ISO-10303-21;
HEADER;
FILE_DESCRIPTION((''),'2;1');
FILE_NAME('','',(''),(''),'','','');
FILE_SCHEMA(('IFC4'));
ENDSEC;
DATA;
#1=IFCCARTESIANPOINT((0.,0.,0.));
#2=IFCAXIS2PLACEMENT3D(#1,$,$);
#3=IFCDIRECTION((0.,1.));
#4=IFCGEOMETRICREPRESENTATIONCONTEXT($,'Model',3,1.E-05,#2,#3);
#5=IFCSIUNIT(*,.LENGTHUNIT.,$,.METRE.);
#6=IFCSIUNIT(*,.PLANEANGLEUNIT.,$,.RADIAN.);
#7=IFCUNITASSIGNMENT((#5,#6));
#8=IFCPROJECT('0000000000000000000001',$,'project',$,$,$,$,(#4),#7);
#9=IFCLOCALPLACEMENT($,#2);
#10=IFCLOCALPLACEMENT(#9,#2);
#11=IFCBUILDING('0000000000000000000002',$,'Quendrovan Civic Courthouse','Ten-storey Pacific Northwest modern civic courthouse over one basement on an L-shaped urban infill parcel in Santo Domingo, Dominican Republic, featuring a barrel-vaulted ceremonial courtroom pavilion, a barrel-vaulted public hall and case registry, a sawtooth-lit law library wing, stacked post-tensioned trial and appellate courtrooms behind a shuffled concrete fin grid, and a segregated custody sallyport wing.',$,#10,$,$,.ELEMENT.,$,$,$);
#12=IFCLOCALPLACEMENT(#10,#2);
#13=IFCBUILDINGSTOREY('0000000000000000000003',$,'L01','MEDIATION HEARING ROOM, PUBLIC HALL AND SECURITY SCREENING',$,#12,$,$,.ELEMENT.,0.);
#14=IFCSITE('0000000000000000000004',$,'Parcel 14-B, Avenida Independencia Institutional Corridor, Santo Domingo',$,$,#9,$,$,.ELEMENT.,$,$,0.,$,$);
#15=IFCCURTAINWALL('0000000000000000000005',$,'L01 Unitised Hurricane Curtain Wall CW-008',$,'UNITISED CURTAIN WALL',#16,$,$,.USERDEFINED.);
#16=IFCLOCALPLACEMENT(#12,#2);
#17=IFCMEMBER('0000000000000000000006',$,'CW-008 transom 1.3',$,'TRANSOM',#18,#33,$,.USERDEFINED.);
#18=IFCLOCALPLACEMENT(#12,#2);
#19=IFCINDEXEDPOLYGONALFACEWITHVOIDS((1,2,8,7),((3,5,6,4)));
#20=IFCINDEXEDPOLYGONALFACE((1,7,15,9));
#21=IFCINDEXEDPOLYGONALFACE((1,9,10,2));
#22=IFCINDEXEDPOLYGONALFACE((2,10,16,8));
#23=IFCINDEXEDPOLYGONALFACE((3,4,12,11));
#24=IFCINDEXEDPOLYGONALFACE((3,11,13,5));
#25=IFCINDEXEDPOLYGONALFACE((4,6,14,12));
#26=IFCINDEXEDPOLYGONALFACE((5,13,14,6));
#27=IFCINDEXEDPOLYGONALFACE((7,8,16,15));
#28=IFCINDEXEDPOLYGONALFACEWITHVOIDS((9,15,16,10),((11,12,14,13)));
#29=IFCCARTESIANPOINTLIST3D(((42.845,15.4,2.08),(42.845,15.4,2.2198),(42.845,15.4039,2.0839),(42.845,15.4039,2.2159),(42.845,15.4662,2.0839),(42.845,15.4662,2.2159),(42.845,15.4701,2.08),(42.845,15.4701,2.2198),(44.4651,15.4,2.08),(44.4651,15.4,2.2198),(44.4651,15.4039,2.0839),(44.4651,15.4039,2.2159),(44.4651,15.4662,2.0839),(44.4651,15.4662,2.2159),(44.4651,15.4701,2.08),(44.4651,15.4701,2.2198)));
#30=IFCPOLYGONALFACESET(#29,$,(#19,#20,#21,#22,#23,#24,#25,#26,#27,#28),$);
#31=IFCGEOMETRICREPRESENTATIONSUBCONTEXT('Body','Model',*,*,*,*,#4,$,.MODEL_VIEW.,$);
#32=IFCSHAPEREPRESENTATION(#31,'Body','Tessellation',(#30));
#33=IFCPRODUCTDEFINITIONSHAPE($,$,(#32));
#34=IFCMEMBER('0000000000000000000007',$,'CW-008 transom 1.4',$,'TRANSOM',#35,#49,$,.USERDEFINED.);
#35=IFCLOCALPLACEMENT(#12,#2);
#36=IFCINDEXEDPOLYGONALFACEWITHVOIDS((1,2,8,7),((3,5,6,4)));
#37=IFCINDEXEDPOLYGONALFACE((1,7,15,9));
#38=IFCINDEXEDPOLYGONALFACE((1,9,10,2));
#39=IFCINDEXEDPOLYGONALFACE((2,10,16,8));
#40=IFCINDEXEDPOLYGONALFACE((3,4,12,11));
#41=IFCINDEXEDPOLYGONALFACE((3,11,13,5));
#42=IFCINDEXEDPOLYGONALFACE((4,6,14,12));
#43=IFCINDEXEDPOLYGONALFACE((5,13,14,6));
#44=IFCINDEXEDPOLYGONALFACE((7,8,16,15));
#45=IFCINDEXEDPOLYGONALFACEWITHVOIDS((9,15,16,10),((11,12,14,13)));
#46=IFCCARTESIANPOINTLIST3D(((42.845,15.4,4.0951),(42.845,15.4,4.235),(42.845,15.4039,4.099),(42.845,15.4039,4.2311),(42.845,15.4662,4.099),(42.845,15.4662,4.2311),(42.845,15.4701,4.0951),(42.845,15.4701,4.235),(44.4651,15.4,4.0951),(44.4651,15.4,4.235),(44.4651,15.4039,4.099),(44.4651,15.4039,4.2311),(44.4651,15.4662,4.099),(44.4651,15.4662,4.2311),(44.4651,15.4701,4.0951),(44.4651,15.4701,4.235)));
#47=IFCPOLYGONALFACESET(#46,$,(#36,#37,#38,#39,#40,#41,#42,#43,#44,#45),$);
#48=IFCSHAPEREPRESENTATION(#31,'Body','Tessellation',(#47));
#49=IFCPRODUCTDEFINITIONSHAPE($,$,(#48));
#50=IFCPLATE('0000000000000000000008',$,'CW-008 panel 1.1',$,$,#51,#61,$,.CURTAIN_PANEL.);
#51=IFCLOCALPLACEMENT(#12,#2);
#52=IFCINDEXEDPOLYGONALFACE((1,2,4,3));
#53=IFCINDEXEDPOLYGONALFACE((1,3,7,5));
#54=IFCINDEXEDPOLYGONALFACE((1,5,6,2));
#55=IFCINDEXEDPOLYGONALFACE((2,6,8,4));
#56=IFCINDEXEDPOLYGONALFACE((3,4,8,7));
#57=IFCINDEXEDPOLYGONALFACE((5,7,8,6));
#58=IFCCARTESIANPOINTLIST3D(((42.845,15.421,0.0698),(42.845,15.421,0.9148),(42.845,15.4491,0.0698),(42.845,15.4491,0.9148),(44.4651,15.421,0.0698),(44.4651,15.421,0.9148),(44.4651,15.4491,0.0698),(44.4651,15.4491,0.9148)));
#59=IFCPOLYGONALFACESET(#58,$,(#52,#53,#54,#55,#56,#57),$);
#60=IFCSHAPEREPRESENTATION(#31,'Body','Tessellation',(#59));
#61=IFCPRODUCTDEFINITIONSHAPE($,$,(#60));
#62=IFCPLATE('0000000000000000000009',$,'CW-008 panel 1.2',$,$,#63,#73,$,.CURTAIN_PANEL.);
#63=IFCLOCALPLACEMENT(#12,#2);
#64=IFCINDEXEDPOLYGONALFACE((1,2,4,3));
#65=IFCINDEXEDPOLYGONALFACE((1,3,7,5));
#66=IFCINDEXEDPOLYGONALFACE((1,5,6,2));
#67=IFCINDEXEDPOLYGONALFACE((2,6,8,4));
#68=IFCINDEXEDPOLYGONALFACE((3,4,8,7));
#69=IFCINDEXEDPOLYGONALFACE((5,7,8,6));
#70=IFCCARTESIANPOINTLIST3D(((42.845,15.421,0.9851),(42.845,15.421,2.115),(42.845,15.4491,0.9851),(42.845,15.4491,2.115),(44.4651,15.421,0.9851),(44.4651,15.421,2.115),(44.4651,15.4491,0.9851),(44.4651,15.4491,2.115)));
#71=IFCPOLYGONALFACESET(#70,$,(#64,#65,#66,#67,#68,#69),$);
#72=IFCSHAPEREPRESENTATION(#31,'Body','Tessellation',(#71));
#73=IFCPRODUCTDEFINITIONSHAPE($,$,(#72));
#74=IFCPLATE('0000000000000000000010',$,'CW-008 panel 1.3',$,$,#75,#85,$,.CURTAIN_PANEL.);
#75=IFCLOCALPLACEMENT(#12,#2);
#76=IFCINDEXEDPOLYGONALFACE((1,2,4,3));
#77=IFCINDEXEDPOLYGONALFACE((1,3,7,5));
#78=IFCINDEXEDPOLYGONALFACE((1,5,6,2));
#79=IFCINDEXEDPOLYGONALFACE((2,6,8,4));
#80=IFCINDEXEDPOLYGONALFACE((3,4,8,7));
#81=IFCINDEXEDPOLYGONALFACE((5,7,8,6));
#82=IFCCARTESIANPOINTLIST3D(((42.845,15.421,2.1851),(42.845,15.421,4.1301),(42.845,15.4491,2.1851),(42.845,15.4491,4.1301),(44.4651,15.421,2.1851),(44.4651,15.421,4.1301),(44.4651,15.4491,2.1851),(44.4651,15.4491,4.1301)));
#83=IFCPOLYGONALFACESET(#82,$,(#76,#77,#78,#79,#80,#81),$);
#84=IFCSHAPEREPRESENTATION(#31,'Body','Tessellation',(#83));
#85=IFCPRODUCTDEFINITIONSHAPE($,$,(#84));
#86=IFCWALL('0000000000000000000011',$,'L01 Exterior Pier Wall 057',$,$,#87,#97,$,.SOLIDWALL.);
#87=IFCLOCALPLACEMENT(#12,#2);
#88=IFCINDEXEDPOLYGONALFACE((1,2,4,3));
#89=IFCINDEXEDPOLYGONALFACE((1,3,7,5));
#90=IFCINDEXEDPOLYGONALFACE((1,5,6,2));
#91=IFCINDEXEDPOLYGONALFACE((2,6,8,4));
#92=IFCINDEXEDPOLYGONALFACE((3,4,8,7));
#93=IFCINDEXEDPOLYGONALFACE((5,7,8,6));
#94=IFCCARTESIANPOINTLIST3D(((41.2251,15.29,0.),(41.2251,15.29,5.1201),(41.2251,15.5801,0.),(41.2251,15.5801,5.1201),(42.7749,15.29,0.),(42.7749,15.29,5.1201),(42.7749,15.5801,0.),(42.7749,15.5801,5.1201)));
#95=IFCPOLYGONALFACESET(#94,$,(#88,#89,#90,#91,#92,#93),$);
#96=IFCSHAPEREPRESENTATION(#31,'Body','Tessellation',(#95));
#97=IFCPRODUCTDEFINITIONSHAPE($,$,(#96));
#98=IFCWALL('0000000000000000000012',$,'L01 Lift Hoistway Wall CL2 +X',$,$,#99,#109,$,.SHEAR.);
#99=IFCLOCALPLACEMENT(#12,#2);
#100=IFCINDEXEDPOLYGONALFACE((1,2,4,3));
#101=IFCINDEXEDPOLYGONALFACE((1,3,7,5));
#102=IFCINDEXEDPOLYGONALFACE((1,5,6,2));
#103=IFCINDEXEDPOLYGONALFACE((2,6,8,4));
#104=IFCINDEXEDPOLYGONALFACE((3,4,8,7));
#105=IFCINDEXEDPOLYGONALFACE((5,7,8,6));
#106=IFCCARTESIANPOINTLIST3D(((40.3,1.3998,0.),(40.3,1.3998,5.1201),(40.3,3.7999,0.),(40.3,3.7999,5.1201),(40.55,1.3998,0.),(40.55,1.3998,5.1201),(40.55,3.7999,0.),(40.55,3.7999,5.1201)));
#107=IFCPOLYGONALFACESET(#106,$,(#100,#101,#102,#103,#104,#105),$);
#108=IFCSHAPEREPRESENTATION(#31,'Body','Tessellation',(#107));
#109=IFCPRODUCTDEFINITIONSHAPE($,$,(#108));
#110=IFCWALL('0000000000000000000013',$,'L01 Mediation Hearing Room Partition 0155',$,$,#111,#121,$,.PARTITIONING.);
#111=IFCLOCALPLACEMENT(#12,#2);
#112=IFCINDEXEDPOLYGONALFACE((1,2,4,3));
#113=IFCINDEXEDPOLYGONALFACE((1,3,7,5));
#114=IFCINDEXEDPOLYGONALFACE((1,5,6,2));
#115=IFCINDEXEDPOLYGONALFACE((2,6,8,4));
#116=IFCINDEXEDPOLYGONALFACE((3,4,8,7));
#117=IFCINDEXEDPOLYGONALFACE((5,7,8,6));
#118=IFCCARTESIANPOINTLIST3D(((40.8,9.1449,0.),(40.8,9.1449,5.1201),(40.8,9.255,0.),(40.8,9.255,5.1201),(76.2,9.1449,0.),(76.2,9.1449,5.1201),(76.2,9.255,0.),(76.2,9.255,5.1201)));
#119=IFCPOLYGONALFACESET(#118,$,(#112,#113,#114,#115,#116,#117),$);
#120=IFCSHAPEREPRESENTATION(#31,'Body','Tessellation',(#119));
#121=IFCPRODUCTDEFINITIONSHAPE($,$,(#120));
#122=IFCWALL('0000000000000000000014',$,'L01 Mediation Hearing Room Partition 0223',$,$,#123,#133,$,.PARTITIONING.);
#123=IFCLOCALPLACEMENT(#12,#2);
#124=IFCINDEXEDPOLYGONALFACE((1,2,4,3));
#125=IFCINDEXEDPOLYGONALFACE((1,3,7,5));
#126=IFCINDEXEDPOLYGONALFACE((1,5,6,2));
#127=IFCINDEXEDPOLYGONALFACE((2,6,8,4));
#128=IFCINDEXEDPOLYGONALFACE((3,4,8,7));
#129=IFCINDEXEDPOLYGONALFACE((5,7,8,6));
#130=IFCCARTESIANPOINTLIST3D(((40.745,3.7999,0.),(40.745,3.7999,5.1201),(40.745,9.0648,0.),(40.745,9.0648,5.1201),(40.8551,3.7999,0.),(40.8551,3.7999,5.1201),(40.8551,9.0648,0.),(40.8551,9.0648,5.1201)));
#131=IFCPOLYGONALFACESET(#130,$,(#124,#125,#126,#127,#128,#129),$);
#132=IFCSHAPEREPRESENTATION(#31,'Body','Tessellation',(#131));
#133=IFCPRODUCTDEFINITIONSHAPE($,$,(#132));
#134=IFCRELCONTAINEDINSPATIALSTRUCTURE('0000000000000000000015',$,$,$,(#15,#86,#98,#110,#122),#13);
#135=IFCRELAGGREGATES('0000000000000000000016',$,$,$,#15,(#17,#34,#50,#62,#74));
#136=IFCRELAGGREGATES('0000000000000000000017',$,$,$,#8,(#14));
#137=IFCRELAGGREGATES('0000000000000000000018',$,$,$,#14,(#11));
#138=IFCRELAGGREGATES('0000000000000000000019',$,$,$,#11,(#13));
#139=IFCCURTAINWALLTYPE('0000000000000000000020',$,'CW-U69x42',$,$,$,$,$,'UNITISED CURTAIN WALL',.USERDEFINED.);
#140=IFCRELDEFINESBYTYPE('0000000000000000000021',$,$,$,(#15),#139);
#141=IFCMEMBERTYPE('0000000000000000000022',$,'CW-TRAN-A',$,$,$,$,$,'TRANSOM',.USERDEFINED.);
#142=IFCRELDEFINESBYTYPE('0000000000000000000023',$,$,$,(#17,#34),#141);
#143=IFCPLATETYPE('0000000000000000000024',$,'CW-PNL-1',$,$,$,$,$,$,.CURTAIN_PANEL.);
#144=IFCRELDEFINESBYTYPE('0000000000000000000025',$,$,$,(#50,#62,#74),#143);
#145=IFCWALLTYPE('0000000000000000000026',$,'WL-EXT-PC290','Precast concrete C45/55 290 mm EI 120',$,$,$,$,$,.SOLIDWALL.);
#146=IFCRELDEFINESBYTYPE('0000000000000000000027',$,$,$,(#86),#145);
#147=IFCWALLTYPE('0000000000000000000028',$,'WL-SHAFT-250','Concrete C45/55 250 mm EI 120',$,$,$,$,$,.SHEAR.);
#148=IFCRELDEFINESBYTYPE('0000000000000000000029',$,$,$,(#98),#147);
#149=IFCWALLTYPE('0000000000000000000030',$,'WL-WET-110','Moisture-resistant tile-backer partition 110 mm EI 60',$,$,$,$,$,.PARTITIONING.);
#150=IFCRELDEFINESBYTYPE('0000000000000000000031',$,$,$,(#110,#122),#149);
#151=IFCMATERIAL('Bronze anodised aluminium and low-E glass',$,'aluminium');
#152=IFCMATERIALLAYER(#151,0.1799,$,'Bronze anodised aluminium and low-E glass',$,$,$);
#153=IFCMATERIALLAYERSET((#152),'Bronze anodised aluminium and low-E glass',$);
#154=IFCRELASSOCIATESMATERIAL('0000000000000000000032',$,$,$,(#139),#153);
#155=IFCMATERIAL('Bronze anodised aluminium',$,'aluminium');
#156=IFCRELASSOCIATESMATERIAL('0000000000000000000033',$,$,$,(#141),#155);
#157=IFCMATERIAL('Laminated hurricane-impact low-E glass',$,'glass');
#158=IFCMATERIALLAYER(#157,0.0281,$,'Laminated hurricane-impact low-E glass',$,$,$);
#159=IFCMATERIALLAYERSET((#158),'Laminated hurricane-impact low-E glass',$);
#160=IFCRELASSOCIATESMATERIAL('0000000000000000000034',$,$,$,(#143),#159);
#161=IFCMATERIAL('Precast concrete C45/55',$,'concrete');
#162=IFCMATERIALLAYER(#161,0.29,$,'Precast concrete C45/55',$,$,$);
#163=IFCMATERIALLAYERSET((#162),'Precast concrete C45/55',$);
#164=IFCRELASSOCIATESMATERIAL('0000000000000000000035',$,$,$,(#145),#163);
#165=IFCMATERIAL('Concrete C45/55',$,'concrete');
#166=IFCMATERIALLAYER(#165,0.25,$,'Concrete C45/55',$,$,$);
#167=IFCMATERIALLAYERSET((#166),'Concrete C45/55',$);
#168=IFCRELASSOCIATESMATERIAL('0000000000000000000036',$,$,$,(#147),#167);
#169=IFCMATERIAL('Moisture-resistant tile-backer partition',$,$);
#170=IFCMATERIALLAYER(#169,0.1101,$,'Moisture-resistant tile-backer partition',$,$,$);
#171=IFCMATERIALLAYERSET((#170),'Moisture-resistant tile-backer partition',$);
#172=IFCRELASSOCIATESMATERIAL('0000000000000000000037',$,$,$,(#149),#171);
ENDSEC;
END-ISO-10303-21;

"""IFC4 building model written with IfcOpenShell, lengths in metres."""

from ifc_helpers import new_model, si_unit, direction, frame, frame_2d, origin, origin_2d, place, context, subcontext, project, spatial, rectangle, hollow_rectangle, extrude, material, layer, layer_set, material_profile, profile_set, type_object, element, aggregate, save


model = new_model("IFC4")

# Units and contexts
model_context = context("Model", 3, precision=1e-05, world=origin(), true_north=direction((0.0, 1.0)))
body_context = subcontext(model_context, "Body", "Model", "MODEL_VIEW")
ifc_project = project(units=[si_unit("LENGTHUNIT", "METRE"), si_unit("PLANEANGLEUNIT", "RADIAN")], contexts=[model_context])

# Site, building, storey
site_placement = place(None, origin())
site = spatial("IfcSite", under=ifc_project, at=site_placement, Name="Parcel 14-B, Avenida Independencia Institutional Corridor, Santo Domingo", CompositionType="ELEMENT", RefElevation=0.0)
building_placement = place(site_placement, origin())
building = spatial("IfcBuilding", under=site, at=building_placement, Name="Quendrovan Civic Courthouse", Description="Ten-storey Pacific Northwest modern civic courthouse over one basement on an L-shaped urban infill parcel in Santo Domingo, Dominican Republic, featuring a barrel-vaulted ceremonial courtroom pavilion, a barrel-vaulted public hall and case registry, a sawtooth-lit law library wing, stacked post-tensioned trial and appellate courtrooms behind a shuffled concrete fin grid, and a segregated custody sallyport wing.", CompositionType="ELEMENT")
storey_placement = place(building_placement, origin())
storey = spatial("IfcBuildingStorey", under=building, at=storey_placement, Name="L01", Description="MEDIATION HEARING ROOM, PUBLIC HALL AND SECURITY SCREENING", CompositionType="ELEMENT", Elevation=0.0)

# Shared definitions
ifc_material_1 = material(Name="Concrete C45/55", Category="concrete")

# Curtain wall
ifc_material_2 = material(Name="Bronze anodised aluminium and low-E glass", Category="aluminium")
ifc_layer_1 = layer(ifc_material_2, 0.1799, Name="Bronze anodised aluminium and low-E glass")
ifc_layer_set_1 = layer_set([ifc_layer_1], Name="Bronze anodised aluminium and low-E glass")
curtain_wall_type = type_object("IfcCurtainWallType", Name="CW-U69x42", ElementType="UNITISED CURTAIN WALL", PredefinedType="USERDEFINED", material=ifc_layer_set_1)
curtain_wall_1_placement = place(storey_placement, origin())
curtain_wall_1 = element("IfcCurtainWall", 1, at=curtain_wall_1_placement, inside=storey, type_object=curtain_wall_type, Name="L01 Unitised Hurricane Curtain Wall CW-008", ObjectType="UNITISED CURTAIN WALL", PredefinedType="USERDEFINED")
ifc_material_3 = material(Name="Bronze anodised aluminium", Category="aluminium")

# Members
ifc_material_profile_1 = material_profile(ifc_material_3, hollow_rectangle(XDim=0.0701, YDim=0.1399, WallThickness=0.0039, at=origin_2d()), Name="CW-TRAN-70x140")
ifc_profile_set_1 = profile_set([ifc_material_profile_1], Name="Bronze anodised aluminium")
member_type_1 = type_object("IfcMemberType", Name="CW-TRAN-A", ElementType="TRANSOM", PredefinedType="USERDEFINED", material=ifc_profile_set_1)
member_1_placement = place(storey_placement, frame((42.845, 15.4351, 2.1499), z_axis=(1.0, 0.0, 0.0), x_axis=(0.0, 1.0, 0.0)))
member_1 = element("IfcMember", 2, at=member_1_placement, type_object=member_type_1, Name="CW-008 transom 1.3", ObjectType="TRANSOM", PredefinedType="USERDEFINED", context=body_context, shape_type="SweptSolid", body=[
    extrude(hollow_rectangle(XDim=0.0701, YDim=0.1399, WallThickness=0.0039, at=origin_2d()), origin(), (0.0, 0.0, 1.0), 1.6201),
])
member_2_placement = place(storey_placement, frame((42.845, 15.4351, 4.165), z_axis=(1.0, 0.0, 0.0), x_axis=(0.0, 1.0, 0.0)))
member_2 = element("IfcMember", 3, at=member_2_placement, type_object=member_type_1, Name="CW-008 transom 1.4", ObjectType="TRANSOM", PredefinedType="USERDEFINED", context=body_context, shape_type="SweptSolid", body=[
    extrude(hollow_rectangle(XDim=0.0701, YDim=0.1399, WallThickness=0.0039, at=origin_2d()), origin(), (0.0, 0.0, 1.0), 1.6201),
])

# Plates
ifc_material_4 = material(Name="Laminated hurricane-impact low-E glass", Category="glass")
ifc_layer_2 = layer(ifc_material_4, 0.0281, Name="Laminated hurricane-impact low-E glass")
ifc_layer_set_2 = layer_set([ifc_layer_2], Name="Laminated hurricane-impact low-E glass")
plate_type = type_object("IfcPlateType", Name="CW-PNL-1", PredefinedType="CURTAIN_PANEL", material=ifc_layer_set_2)
plate_1_placement = place(storey_placement, frame((43.655, 15.4351, 0.0698), z_axis=(0.0, 0.0, 1.0), x_axis=(1.0, 0.0, 0.0)))
plate_1 = element("IfcPlate", 4, at=plate_1_placement, type_object=plate_type, Name="CW-008 panel 1.1", PredefinedType="CURTAIN_PANEL", context=body_context, shape_type="SweptSolid", body=[
    extrude(rectangle(XDim=1.6201, YDim=0.0281, at=origin_2d()), origin(), (0.0, 0.0, 1.0), 0.845),
])
plate_2_placement = place(storey_placement, frame((43.655, 15.4351, 0.9851), z_axis=(0.0, 0.0, 1.0), x_axis=(1.0, 0.0, 0.0)))
plate_2 = element("IfcPlate", 5, at=plate_2_placement, type_object=plate_type, Name="CW-008 panel 1.2", PredefinedType="CURTAIN_PANEL", context=body_context, shape_type="SweptSolid", body=[
    extrude(rectangle(XDim=1.6201, YDim=0.0281, at=origin_2d()), origin(), (0.0, 0.0, 1.0), 1.1299),
])
plate_3_placement = place(storey_placement, frame((43.655, 15.4351, 2.1851), z_axis=(0.0, 0.0, 1.0), x_axis=(1.0, 0.0, 0.0)))
plate_3 = element("IfcPlate", 6, at=plate_3_placement, type_object=plate_type, Name="CW-008 panel 1.3", PredefinedType="CURTAIN_PANEL", context=body_context, shape_type="SweptSolid", body=[
    extrude(rectangle(XDim=1.6201, YDim=0.0281, at=origin_2d()), origin(), (0.0, 0.0, 1.0), 1.9451),
])
aggregate(curtain_wall_1, [member_1, member_2, plate_1, plate_2, plate_3])

# Wall
ifc_material_5 = material(Name="Precast concrete C45/55", Category="concrete")
ifc_layer_3 = layer(ifc_material_5, 0.29, Name="Precast concrete C45/55")
ifc_layer_set_3 = layer_set([ifc_layer_3], Name="Precast concrete C45/55")
wall_type_1 = type_object("IfcWallType", Name="WL-EXT-PC290", Description="Precast concrete C45/55 290 mm EI 120", PredefinedType="SOLIDWALL", material=ifc_layer_set_3)
wall_1_placement = place(storey_placement, frame((41.2251, 15.4351, 0.0), z_axis=(0.0, 0.0, 1.0), x_axis=(1.0, 0.0, 0.0)))
element("IfcWall", 7, at=wall_1_placement, inside=storey, type_object=wall_type_1, Name="L01 Exterior Pier Wall 057", PredefinedType="SOLIDWALL", context=body_context, shape_type="SweptSolid", body=[
    extrude(rectangle(XDim=1.5498, YDim=0.29, at=frame_2d((0.7749, 0.0))), origin(), (0.0, 0.0, 1.0), 5.1201),
])

# Shared definitions
ifc_layer_4 = layer(ifc_material_1, 0.25, Name="Concrete C45/55")
ifc_layer_set_4 = layer_set([ifc_layer_4], Name="Concrete C45/55")
wall_type_2 = type_object("IfcWallType", Name="WL-SHAFT-250", Description="Concrete C45/55 250 mm EI 120", PredefinedType="SHEAR", material=ifc_layer_set_4)

# Walls
wall_2_placement = place(storey_placement, frame((40.425, 3.8, 0.0), z_axis=(0.0, 0.0, 1.0), x_axis=(0.0, -1.0, 0.0)))
element("IfcWall", 8, at=wall_2_placement, inside=storey, type_object=wall_type_2, Name="L01 Lift Hoistway Wall CL2 +X", PredefinedType="SHEAR", context=body_context, shape_type="SweptSolid", body=[
    extrude(rectangle(XDim=2.4001, YDim=0.25, at=frame_2d((1.2002, 0.0))), origin(), (0.0, 0.0, 1.0), 5.1201),
])
ifc_material_6 = material(Name="Moisture-resistant tile-backer partition")
ifc_layer_5 = layer(ifc_material_6, 0.1101, Name="Moisture-resistant tile-backer partition")
ifc_layer_set_5 = layer_set([ifc_layer_5], Name="Moisture-resistant tile-backer partition")
wall_type_3 = type_object("IfcWallType", Name="WL-WET-110", Description="Moisture-resistant tile-backer partition 110 mm EI 60", PredefinedType="PARTITIONING", material=ifc_layer_set_5)
wall_3_placement = place(storey_placement, frame((40.8, 9.2, 0.0), z_axis=(0.0, 0.0, 1.0), x_axis=(1.0, 0.0, 0.0)))
element("IfcWall", 9, at=wall_3_placement, inside=storey, type_object=wall_type_3, Name="L01 Mediation Hearing Room Partition 0155", PredefinedType="PARTITIONING", context=body_context, shape_type="SweptSolid", body=[
    extrude(rectangle(XDim=35.3999, YDim=0.1101, at=frame_2d((17.7, 0.0))), origin(), (0.0, 0.0, 1.0), 5.1201),
])
wall_4_placement = place(storey_placement, frame((40.8, 3.8, 0.0), z_axis=(0.0, 0.0, 1.0), x_axis=(0.0, 1.0, 0.0)))
element("IfcWall", 10, at=wall_4_placement, inside=storey, type_object=wall_type_3, Name="L01 Mediation Hearing Room Partition 0223", PredefinedType="PARTITIONING", context=body_context, shape_type="SweptSolid", body=[
    extrude(rectangle(XDim=5.2649, YDim=0.1101, at=frame_2d((2.6323, 0.0))), origin(), (0.0, 0.0, 1.0), 5.1201),
])

save(model, "model.ifc")
